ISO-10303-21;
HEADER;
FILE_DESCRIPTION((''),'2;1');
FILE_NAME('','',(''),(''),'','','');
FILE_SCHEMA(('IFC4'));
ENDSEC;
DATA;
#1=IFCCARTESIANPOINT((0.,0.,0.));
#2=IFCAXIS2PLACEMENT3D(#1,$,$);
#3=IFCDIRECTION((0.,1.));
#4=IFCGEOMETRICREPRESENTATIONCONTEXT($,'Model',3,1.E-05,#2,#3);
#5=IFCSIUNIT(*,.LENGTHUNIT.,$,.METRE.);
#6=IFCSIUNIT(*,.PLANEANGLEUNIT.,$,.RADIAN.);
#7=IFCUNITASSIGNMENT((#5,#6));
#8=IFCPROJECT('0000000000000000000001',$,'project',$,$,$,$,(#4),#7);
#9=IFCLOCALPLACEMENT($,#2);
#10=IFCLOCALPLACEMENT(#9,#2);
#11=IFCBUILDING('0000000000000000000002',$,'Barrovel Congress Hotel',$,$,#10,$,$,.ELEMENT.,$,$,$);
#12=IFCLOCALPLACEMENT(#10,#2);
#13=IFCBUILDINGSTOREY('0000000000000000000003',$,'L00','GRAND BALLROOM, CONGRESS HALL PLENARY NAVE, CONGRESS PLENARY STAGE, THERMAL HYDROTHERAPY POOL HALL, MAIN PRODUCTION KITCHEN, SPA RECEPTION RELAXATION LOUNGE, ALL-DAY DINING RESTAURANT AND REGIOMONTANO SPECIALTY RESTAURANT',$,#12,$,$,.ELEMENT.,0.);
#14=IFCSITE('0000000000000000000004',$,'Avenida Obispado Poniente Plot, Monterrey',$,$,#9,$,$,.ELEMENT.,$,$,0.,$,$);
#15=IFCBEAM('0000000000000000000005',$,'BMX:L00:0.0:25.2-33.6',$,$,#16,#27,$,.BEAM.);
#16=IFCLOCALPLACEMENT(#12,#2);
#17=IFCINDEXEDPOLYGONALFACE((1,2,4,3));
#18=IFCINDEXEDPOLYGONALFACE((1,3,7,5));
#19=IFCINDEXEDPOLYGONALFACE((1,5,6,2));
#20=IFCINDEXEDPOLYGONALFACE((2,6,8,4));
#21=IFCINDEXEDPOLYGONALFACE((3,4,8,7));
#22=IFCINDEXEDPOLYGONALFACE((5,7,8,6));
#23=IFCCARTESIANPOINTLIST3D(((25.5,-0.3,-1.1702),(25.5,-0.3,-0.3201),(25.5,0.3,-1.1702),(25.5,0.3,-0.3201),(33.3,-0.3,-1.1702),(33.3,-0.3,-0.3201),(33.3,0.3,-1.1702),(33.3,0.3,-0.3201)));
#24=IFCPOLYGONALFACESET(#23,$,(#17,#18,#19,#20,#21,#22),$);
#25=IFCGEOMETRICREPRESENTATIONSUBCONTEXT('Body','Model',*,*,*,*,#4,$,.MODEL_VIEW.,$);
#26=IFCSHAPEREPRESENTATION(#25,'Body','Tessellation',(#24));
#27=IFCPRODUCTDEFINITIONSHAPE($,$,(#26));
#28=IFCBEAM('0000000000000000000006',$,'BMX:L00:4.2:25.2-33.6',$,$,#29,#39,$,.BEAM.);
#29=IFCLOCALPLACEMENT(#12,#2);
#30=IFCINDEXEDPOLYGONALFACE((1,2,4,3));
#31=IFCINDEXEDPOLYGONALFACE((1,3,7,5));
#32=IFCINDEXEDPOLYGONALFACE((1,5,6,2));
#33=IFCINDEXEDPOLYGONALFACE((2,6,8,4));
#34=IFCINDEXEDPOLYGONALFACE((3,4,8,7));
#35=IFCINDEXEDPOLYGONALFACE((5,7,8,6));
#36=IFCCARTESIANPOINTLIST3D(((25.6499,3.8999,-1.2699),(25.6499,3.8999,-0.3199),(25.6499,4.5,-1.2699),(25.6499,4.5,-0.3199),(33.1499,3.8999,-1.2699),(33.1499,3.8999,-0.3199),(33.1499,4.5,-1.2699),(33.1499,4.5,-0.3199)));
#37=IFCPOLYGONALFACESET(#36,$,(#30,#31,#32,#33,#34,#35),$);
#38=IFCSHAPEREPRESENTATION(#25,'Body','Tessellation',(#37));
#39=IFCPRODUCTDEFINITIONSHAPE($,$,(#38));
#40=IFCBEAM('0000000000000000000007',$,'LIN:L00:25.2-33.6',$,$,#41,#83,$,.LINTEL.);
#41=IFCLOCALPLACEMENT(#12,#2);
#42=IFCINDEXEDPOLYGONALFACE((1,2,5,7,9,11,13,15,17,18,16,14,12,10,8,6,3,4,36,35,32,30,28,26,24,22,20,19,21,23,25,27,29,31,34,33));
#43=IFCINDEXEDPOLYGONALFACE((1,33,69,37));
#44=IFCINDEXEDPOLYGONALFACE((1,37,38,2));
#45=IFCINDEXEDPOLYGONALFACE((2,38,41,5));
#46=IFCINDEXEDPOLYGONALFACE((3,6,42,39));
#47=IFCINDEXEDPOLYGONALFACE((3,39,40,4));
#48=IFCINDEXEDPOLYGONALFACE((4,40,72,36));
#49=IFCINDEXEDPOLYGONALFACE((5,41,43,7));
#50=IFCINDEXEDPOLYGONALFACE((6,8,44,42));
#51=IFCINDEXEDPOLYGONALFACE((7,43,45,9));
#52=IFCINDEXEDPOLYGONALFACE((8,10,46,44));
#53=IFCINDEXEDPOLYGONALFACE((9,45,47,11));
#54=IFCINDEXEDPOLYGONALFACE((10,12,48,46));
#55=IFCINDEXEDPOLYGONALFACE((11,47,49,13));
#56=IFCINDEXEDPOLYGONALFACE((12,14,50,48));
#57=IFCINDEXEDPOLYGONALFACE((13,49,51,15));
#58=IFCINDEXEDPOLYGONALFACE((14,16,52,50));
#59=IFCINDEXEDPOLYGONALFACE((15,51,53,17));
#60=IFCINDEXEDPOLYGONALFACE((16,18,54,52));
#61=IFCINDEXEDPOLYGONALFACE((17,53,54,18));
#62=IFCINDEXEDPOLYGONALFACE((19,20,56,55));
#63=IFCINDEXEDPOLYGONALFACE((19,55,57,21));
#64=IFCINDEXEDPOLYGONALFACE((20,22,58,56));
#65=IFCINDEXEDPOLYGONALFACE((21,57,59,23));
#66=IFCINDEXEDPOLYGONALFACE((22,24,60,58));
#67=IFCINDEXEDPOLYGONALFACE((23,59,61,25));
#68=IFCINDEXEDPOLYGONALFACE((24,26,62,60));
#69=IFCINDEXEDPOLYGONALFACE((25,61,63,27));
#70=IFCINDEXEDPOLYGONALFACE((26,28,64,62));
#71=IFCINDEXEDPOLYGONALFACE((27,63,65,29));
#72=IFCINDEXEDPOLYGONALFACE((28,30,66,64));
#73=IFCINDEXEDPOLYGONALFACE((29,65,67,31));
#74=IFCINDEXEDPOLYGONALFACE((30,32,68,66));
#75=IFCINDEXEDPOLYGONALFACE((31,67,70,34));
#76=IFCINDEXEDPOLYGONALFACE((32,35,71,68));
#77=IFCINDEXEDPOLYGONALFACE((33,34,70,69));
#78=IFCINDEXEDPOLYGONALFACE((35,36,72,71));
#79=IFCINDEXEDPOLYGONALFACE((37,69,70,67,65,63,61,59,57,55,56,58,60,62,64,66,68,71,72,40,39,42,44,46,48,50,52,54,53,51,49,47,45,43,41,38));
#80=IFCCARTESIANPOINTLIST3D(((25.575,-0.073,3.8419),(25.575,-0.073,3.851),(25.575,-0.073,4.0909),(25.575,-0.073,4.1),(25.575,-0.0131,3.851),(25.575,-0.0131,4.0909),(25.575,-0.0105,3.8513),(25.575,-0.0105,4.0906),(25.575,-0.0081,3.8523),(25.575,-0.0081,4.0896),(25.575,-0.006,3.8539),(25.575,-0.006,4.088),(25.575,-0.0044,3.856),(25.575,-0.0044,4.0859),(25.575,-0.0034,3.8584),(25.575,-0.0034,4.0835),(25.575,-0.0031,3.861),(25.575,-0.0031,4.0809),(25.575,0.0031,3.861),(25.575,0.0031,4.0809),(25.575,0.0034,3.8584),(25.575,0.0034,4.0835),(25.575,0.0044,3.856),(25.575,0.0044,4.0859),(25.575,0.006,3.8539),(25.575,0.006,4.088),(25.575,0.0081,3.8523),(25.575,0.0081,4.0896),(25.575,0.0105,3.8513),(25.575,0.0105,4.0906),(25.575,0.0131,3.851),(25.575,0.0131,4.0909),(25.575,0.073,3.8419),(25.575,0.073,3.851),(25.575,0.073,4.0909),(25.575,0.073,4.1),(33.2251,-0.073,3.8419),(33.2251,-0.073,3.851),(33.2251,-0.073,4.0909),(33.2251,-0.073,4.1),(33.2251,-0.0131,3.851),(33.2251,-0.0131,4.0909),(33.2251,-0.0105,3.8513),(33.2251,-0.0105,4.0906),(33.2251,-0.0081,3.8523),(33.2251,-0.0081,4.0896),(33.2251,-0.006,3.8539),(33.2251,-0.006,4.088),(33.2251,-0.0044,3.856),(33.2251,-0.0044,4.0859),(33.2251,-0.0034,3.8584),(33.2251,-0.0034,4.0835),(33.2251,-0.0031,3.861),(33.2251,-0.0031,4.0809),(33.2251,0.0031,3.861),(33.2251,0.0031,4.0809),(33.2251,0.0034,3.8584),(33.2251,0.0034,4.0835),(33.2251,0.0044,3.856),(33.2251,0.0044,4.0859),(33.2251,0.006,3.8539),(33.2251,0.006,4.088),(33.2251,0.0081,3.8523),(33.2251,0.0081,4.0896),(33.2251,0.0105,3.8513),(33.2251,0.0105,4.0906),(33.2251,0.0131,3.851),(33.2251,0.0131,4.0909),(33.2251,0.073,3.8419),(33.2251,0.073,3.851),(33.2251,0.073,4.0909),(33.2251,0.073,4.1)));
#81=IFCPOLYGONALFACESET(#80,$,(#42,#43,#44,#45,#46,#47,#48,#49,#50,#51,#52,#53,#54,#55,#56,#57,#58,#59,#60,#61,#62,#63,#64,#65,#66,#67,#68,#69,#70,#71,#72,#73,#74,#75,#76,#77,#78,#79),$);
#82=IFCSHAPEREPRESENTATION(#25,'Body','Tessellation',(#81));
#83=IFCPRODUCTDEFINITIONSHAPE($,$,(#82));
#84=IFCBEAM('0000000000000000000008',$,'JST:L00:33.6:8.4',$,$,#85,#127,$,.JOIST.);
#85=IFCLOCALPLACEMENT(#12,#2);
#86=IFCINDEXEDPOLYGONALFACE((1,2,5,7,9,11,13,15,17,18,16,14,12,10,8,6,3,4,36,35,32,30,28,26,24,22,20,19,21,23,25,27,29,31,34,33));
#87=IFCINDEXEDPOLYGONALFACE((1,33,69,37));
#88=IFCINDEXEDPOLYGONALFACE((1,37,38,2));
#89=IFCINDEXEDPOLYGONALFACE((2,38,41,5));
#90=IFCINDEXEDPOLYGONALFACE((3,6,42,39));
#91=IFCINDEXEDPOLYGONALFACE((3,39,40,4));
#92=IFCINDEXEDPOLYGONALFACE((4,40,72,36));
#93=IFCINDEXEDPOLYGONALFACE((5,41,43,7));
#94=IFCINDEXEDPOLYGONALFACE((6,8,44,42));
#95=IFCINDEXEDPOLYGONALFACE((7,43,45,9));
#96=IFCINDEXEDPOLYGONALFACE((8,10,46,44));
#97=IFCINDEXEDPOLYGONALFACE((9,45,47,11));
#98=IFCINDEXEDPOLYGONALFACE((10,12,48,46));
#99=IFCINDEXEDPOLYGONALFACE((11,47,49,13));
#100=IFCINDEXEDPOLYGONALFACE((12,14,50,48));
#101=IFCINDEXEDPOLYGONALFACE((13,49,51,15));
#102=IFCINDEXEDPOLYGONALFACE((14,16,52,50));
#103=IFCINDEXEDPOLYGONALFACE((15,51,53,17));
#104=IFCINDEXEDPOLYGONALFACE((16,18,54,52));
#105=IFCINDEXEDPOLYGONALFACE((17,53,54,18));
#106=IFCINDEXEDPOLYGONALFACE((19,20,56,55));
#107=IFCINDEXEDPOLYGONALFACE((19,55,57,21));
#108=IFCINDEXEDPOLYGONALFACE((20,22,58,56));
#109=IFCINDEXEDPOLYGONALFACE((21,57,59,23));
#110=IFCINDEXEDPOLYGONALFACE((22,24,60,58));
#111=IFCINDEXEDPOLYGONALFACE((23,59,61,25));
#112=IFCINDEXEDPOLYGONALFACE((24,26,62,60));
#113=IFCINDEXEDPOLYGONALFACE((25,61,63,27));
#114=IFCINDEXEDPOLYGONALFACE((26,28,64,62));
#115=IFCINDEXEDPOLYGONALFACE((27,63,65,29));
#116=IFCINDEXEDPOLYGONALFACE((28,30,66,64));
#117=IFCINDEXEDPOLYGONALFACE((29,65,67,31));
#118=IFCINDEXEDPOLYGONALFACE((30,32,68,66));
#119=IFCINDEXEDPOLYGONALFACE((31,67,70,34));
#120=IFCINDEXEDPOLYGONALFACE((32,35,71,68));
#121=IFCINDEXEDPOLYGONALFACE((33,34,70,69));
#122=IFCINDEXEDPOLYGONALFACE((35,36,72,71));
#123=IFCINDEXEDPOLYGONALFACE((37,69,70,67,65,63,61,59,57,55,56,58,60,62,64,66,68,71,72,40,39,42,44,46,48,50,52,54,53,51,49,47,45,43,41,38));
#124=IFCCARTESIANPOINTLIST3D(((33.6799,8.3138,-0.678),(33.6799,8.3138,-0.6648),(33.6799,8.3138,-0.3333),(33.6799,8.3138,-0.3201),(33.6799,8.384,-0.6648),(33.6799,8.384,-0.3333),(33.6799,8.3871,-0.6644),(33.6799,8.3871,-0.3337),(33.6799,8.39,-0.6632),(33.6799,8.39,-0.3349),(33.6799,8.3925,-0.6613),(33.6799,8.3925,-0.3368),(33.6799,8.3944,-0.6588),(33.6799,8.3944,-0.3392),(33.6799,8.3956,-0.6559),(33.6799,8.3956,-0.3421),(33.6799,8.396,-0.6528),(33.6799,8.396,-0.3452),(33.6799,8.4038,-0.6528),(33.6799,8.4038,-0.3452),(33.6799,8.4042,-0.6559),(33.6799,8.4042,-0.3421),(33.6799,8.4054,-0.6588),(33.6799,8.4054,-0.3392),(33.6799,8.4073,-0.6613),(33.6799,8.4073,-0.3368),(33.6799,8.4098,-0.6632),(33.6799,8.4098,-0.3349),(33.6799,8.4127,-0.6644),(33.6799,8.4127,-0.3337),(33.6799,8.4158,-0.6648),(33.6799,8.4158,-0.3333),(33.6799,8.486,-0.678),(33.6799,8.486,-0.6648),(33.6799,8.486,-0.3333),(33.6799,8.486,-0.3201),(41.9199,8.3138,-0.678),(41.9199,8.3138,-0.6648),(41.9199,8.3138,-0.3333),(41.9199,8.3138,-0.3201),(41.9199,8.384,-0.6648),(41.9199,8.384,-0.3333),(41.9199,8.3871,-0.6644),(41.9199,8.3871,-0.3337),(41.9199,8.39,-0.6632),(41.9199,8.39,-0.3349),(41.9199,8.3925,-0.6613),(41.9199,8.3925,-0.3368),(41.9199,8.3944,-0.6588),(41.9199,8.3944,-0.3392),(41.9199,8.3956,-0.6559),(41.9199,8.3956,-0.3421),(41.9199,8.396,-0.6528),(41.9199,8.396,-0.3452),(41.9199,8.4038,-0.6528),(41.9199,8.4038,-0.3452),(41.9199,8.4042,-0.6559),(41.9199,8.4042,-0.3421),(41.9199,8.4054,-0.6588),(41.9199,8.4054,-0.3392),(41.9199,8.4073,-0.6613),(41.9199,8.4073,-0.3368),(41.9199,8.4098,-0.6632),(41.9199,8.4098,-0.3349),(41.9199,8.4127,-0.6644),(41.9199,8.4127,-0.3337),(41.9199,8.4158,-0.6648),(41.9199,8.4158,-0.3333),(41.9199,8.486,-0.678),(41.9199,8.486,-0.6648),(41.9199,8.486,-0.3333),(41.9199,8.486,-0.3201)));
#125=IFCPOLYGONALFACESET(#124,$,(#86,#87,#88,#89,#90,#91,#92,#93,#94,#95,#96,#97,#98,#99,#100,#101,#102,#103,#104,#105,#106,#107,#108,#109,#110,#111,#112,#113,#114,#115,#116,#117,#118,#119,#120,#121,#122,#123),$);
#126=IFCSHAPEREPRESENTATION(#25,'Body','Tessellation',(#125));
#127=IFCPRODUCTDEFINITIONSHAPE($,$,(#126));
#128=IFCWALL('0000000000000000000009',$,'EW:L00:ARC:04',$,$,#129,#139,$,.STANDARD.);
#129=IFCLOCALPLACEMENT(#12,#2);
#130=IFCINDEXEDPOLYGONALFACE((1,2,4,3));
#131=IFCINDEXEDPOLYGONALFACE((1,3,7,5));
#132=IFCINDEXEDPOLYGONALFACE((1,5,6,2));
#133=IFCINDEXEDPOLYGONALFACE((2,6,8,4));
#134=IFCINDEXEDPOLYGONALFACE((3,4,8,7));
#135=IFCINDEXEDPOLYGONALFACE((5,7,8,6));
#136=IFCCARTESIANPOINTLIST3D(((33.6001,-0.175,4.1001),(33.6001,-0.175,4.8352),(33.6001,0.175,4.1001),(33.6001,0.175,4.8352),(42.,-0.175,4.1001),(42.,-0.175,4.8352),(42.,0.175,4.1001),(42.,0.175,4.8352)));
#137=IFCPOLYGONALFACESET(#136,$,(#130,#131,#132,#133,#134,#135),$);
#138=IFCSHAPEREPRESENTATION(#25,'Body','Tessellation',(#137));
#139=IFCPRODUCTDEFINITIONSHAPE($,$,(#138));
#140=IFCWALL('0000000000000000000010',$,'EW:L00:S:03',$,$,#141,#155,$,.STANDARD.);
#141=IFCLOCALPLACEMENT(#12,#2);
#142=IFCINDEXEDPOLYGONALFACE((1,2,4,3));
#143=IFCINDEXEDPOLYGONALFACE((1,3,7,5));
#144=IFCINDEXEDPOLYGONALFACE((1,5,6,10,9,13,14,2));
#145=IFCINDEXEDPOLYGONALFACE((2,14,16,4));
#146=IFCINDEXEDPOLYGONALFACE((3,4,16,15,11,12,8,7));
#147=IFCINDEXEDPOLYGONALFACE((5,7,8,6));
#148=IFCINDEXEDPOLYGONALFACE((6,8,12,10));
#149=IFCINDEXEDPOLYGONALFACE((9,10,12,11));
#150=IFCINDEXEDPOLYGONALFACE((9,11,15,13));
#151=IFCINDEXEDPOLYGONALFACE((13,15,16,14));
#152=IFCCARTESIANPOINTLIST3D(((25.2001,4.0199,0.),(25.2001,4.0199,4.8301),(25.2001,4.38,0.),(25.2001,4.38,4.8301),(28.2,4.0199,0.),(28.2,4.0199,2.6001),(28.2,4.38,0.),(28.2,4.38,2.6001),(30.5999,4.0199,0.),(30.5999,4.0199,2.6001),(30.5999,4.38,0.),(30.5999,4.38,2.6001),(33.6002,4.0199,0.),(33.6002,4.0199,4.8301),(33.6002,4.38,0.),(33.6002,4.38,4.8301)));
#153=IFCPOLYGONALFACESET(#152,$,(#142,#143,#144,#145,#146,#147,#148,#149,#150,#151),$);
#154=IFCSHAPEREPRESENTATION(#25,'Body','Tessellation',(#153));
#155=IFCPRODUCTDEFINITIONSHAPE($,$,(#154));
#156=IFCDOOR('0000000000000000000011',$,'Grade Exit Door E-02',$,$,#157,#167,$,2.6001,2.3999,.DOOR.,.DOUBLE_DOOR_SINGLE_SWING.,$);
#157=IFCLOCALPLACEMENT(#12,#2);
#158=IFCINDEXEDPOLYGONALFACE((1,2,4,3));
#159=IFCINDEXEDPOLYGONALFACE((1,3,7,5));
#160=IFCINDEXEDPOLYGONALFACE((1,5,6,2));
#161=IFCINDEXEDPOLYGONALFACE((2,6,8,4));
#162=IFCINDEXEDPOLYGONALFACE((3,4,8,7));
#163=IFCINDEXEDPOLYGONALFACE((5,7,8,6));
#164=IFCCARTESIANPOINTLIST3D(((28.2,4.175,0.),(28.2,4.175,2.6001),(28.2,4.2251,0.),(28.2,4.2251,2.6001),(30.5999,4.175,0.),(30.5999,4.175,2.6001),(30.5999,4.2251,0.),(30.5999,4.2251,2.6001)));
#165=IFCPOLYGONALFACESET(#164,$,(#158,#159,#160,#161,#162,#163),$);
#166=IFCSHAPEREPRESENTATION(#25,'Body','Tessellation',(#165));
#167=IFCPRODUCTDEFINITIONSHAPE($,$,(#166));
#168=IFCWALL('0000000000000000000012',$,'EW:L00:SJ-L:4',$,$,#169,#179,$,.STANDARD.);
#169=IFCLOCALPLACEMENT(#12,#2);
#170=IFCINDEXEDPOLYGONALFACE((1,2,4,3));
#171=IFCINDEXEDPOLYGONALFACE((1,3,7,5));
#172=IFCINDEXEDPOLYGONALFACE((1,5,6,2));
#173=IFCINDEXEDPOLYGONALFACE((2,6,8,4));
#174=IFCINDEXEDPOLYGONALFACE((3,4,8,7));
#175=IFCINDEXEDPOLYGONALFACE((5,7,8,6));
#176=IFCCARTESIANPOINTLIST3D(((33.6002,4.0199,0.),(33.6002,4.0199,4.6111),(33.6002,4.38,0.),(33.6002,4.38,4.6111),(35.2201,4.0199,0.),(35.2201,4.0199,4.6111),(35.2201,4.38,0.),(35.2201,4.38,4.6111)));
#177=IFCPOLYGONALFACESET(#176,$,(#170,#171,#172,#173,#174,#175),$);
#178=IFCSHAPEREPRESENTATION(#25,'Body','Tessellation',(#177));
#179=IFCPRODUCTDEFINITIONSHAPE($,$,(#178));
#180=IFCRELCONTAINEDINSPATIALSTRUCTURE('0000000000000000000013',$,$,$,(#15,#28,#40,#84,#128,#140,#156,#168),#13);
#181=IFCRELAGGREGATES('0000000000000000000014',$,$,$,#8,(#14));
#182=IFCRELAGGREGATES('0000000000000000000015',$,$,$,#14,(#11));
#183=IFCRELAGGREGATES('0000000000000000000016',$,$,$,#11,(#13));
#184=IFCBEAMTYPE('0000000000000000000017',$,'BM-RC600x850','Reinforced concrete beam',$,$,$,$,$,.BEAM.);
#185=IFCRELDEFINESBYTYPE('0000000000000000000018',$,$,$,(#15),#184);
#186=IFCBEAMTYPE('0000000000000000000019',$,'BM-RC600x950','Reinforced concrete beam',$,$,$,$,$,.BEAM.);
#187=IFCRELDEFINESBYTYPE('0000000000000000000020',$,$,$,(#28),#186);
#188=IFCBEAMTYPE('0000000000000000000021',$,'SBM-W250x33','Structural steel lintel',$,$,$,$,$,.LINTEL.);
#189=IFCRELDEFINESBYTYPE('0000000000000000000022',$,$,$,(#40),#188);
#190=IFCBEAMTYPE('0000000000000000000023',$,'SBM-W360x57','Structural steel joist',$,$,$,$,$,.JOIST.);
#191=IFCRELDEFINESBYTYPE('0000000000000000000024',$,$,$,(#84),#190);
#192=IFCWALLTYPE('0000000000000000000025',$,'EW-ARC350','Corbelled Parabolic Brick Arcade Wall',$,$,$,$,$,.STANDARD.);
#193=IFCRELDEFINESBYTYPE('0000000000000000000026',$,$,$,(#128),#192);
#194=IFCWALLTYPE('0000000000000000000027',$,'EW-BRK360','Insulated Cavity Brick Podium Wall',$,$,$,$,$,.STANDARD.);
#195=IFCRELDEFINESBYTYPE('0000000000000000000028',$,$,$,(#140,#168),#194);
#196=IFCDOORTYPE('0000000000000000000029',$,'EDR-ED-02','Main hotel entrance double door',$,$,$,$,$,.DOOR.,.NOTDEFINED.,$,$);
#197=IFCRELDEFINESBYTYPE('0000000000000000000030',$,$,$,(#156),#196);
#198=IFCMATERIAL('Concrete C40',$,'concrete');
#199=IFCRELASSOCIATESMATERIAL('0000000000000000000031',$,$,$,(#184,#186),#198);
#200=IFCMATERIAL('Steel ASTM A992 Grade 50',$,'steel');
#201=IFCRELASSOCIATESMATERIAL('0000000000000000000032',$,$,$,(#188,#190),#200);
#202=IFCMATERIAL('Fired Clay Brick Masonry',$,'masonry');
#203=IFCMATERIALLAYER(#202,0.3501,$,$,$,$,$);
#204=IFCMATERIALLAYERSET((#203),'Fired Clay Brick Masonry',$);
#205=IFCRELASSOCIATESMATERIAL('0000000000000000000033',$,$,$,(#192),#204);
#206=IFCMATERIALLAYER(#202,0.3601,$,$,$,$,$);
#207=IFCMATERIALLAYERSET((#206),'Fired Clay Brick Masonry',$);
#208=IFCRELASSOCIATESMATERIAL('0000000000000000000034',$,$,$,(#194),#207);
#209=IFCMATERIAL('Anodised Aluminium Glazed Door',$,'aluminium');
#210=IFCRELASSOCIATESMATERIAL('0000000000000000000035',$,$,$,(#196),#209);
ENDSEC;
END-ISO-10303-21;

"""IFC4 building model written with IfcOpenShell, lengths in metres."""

from ifc_helpers import new_model, si_unit, direction, frame, frame_2d, origin, origin_2d, place, context, subcontext, project, spatial, rectangle, i_section, extrude, material, layer, layer_set, material_profile, profile_set, type_object, element, fill, save


model = new_model("IFC4")

# Units and contexts
model_context = context("Model", 3, precision=1e-05, world=origin(), true_north=direction((0.0, 1.0)))
body_context = subcontext(model_context, "Body", "Model", "MODEL_VIEW")
ifc_project = project(units=[si_unit("LENGTHUNIT", "METRE"), si_unit("PLANEANGLEUNIT", "RADIAN")], contexts=[model_context])

# Site, building, storey
site_placement = place(None, origin())
site = spatial("IfcSite", under=ifc_project, at=site_placement, Name="Avenida Obispado Poniente Plot, Monterrey", CompositionType="ELEMENT", RefElevation=0.0)
building_placement = place(site_placement, origin())
building = spatial("IfcBuilding", under=site, at=building_placement, Name="Barrovel Congress Hotel", CompositionType="ELEMENT")
storey_placement = place(building_placement, origin())
storey = spatial("IfcBuildingStorey", under=building, at=storey_placement, Name="L00", Description="GRAND BALLROOM, CONGRESS HALL PLENARY NAVE, CONGRESS PLENARY STAGE, THERMAL HYDROTHERAPY POOL HALL, MAIN PRODUCTION KITCHEN, SPA RECEPTION RELAXATION LOUNGE, ALL-DAY DINING RESTAURANT AND REGIOMONTANO SPECIALTY RESTAURANT", CompositionType="ELEMENT", Elevation=0.0)

# Shared definitions
ifc_material_1 = material(Name="Concrete C40", Category="concrete")

# Beams
ifc_material_profile_1 = material_profile(ifc_material_1, rectangle(XDim=0.6001, YDim=0.8501, at=origin_2d()), Name="RC600x850")
ifc_profile_set_1 = profile_set([ifc_material_profile_1], Name="Concrete C40")
beam_type_1 = type_object("IfcBeamType", Name="BM-RC600x850", Description="Reinforced concrete beam", PredefinedType="BEAM", material=ifc_profile_set_1)
beam_1_placement = place(storey_placement, frame((25.5, 0.0, -0.7451), z_axis=(1.0, 0.0, 0.0), x_axis=(0.0, 1.0, 0.0)))
element("IfcBeam", 1, at=beam_1_placement, inside=storey, type_object=beam_type_1, Name="BMX:L00:0.0:25.2-33.6", PredefinedType="BEAM", context=body_context, shape_type="SweptSolid", body=[
    extrude(rectangle(XDim=0.6001, YDim=0.8501, at=origin_2d()), origin(), (0.0, 0.0, 1.0), 7.8),
])
ifc_material_profile_2 = material_profile(ifc_material_1, rectangle(XDim=0.6001, YDim=0.95, at=origin_2d()), Name="RC600x950")
ifc_profile_set_2 = profile_set([ifc_material_profile_2], Name="Concrete C40")
beam_type_2 = type_object("IfcBeamType", Name="BM-RC600x950", Description="Reinforced concrete beam", PredefinedType="BEAM", material=ifc_profile_set_2)
beam_2_placement = place(storey_placement, frame((25.6499, 4.2, -0.7949), z_axis=(1.0, 0.0, 0.0), x_axis=(0.0, 1.0, 0.0)))
element("IfcBeam", 2, at=beam_2_placement, inside=storey, type_object=beam_type_2, Name="BMX:L00:4.2:25.2-33.6", PredefinedType="BEAM", context=body_context, shape_type="SweptSolid", body=[
    extrude(rectangle(XDim=0.6001, YDim=0.95, at=origin_2d()), origin(), (0.0, 0.0, 1.0), 7.5),
])
ifc_material_2 = material(Name="Steel ASTM A992 Grade 50", Category="steel")
ifc_material_profile_3 = material_profile(ifc_material_2, i_section(OverallWidth=0.146, OverallDepth=0.2581, WebThickness=0.0061, FlangeThickness=0.009, FilletRadius=0.01, at=origin_2d()), Name="W250x33")
ifc_profile_set_3 = profile_set([ifc_material_profile_3], Name="Steel ASTM A992 Grade 50")
beam_type_3 = type_object("IfcBeamType", Name="SBM-W250x33", Description="Structural steel lintel", PredefinedType="LINTEL", material=ifc_profile_set_3)
beam_3_placement = place(storey_placement, frame((25.575, 0.0, 3.9709), z_axis=(1.0, 0.0, 0.0), x_axis=(0.0, 1.0, 0.0)))
element("IfcBeam", 3, at=beam_3_placement, inside=storey, type_object=beam_type_3, Name="LIN:L00:25.2-33.6", PredefinedType="LINTEL", context=body_context, shape_type="SweptSolid", body=[
    extrude(i_section(OverallWidth=0.146, OverallDepth=0.2581, WebThickness=0.0061, FlangeThickness=0.009, FilletRadius=0.01, at=origin_2d()), origin(), (0.0, 0.0, 1.0), 7.6501),
])
ifc_material_profile_4 = material_profile(ifc_material_2, i_section(OverallWidth=0.1721, OverallDepth=0.3579, WebThickness=0.0078, FlangeThickness=0.0132, FilletRadius=0.012, at=origin_2d()), Name="W360x57")
ifc_profile_set_4 = profile_set([ifc_material_profile_4], Name="Steel ASTM A992 Grade 50")
beam_type_4 = type_object("IfcBeamType", Name="SBM-W360x57", Description="Structural steel joist", PredefinedType="JOIST", material=ifc_profile_set_4)
beam_4_placement = place(storey_placement, frame((33.6799, 8.3999, -0.499), z_axis=(1.0, 0.0, 0.0), x_axis=(0.0, 1.0, 0.0)))
element("IfcBeam", 4, at=beam_4_placement, inside=storey, type_object=beam_type_4, Name="JST:L00:33.6:8.4", PredefinedType="JOIST", context=body_context, shape_type="SweptSolid", body=[
    extrude(i_section(OverallWidth=0.1721, OverallDepth=0.3579, WebThickness=0.0078, FlangeThickness=0.0132, FilletRadius=0.012, at=origin_2d()), origin(), (0.0, 0.0, 1.0), 8.24),
])

# Wall
ifc_material_3 = material(Name="Fired Clay Brick Masonry", Category="masonry")
ifc_layer_1 = layer(ifc_material_3, 0.3501)
ifc_layer_set_1 = layer_set([ifc_layer_1], Name="Fired Clay Brick Masonry")
wall_type_1 = type_object("IfcWallType", Name="EW-ARC350", Description="Corbelled Parabolic Brick Arcade Wall", PredefinedType="STANDARD", material=ifc_layer_set_1)
wall_1_placement = place(storey_placement, frame((33.6001, 0.0, 4.1001), z_axis=(0.0, 0.0, 1.0), x_axis=(1.0, 0.0, 0.0)))
element("IfcWall", 5, at=wall_1_placement, inside=storey, type_object=wall_type_1, Name="EW:L00:ARC:04", PredefinedType="STANDARD", context=body_context, shape_type="SweptSolid", body=[
    extrude(rectangle(XDim=8.3999, YDim=0.3501, at=frame_2d((4.2, 0.0))), origin(), (0.0, 0.0, 1.0), 0.7351),
])

# Wall, opening, door
ifc_layer_2 = layer(ifc_material_3, 0.3601)
ifc_layer_set_2 = layer_set([ifc_layer_2], Name="Fired Clay Brick Masonry")
wall_type_2 = type_object("IfcWallType", Name="EW-BRK360", Description="Insulated Cavity Brick Podium Wall", PredefinedType="STANDARD", material=ifc_layer_set_2)
wall_2_placement = place(storey_placement, frame((25.2, 4.2, 0.0), z_axis=(0.0, 0.0, 1.0), x_axis=(1.0, 0.0, 0.0)))
wall_2 = element("IfcWall", 6, at=wall_2_placement, inside=storey, type_object=wall_type_2, Name="EW:L00:S:03", PredefinedType="STANDARD", context=body_context, shape_type="SweptSolid", body=[
    extrude(rectangle(XDim=8.4001, YDim=0.3601, at=frame_2d((4.2002, 0.0))), origin(), (0.0, 0.0, 1.0), 4.8301),
])
opening_1_placement = place(wall_2_placement, frame((5.3999, 0.0, 0.0), z_axis=(0.0, 0.0, 1.0), x_axis=(-1.0, 0.0, 0.0)))
opening_1 = element("IfcOpeningElement", 7, at=opening_1_placement, cuts=wall_2, PredefinedType="OPENING", context=body_context, shape_type="SweptSolid", body=[
    extrude(rectangle(XDim=2.3999, YDim=2.6001, at=frame_2d((1.2, 1.3))), frame((0.0, 0.1899, 0.0), z_axis=(0.0, -1.0, 0.0), x_axis=(1.0, 0.0, 0.0)), (0.0, 0.0, 1.0), 0.3801),
])
ifc_material_4 = material(Name="Anodised Aluminium Glazed Door", Category="aluminium")
door_type_1 = type_object("IfcDoorType", Name="EDR-ED-02", Description="Main hotel entrance double door", OperationType="NOTDEFINED", PredefinedType="DOOR", material=ifc_material_4)
door_1_placement = place(opening_1_placement, origin())
door_1 = element("IfcDoor", 8, at=door_1_placement, inside=storey, type_object=door_type_1, Name="Grade Exit Door E-02", OperationType="DOUBLE_DOOR_SINGLE_SWING", OverallHeight=2.6001, OverallWidth=2.3999, PredefinedType="DOOR", context=body_context, shape_type="SweptSolid", body=[
    extrude(rectangle(XDim=2.3999, YDim=2.6001, at=frame_2d((1.2, 1.3))), frame((0.0, 0.0249, 0.0), z_axis=(0.0, -1.0, 0.0), x_axis=(1.0, 0.0, 0.0)), (0.0, 0.0, 1.0), 0.05),
])
fill(opening_1, door_1)

# Wall
wall_3_placement = place(storey_placement, frame((33.6001, 4.2, 0.0), z_axis=(0.0, 0.0, 1.0), x_axis=(1.0, 0.0, 0.0)))
element("IfcWall", 9, at=wall_3_placement, inside=storey, type_object=wall_type_2, Name="EW:L00:SJ-L:4", PredefinedType="STANDARD", context=body_context, shape_type="SweptSolid", body=[
    extrude(rectangle(XDim=1.6199, YDim=0.3601, at=frame_2d((0.8101, 0.0))), origin(), (0.0, 0.0, 1.0), 4.6111),
])

save(model, "model.ifc")
